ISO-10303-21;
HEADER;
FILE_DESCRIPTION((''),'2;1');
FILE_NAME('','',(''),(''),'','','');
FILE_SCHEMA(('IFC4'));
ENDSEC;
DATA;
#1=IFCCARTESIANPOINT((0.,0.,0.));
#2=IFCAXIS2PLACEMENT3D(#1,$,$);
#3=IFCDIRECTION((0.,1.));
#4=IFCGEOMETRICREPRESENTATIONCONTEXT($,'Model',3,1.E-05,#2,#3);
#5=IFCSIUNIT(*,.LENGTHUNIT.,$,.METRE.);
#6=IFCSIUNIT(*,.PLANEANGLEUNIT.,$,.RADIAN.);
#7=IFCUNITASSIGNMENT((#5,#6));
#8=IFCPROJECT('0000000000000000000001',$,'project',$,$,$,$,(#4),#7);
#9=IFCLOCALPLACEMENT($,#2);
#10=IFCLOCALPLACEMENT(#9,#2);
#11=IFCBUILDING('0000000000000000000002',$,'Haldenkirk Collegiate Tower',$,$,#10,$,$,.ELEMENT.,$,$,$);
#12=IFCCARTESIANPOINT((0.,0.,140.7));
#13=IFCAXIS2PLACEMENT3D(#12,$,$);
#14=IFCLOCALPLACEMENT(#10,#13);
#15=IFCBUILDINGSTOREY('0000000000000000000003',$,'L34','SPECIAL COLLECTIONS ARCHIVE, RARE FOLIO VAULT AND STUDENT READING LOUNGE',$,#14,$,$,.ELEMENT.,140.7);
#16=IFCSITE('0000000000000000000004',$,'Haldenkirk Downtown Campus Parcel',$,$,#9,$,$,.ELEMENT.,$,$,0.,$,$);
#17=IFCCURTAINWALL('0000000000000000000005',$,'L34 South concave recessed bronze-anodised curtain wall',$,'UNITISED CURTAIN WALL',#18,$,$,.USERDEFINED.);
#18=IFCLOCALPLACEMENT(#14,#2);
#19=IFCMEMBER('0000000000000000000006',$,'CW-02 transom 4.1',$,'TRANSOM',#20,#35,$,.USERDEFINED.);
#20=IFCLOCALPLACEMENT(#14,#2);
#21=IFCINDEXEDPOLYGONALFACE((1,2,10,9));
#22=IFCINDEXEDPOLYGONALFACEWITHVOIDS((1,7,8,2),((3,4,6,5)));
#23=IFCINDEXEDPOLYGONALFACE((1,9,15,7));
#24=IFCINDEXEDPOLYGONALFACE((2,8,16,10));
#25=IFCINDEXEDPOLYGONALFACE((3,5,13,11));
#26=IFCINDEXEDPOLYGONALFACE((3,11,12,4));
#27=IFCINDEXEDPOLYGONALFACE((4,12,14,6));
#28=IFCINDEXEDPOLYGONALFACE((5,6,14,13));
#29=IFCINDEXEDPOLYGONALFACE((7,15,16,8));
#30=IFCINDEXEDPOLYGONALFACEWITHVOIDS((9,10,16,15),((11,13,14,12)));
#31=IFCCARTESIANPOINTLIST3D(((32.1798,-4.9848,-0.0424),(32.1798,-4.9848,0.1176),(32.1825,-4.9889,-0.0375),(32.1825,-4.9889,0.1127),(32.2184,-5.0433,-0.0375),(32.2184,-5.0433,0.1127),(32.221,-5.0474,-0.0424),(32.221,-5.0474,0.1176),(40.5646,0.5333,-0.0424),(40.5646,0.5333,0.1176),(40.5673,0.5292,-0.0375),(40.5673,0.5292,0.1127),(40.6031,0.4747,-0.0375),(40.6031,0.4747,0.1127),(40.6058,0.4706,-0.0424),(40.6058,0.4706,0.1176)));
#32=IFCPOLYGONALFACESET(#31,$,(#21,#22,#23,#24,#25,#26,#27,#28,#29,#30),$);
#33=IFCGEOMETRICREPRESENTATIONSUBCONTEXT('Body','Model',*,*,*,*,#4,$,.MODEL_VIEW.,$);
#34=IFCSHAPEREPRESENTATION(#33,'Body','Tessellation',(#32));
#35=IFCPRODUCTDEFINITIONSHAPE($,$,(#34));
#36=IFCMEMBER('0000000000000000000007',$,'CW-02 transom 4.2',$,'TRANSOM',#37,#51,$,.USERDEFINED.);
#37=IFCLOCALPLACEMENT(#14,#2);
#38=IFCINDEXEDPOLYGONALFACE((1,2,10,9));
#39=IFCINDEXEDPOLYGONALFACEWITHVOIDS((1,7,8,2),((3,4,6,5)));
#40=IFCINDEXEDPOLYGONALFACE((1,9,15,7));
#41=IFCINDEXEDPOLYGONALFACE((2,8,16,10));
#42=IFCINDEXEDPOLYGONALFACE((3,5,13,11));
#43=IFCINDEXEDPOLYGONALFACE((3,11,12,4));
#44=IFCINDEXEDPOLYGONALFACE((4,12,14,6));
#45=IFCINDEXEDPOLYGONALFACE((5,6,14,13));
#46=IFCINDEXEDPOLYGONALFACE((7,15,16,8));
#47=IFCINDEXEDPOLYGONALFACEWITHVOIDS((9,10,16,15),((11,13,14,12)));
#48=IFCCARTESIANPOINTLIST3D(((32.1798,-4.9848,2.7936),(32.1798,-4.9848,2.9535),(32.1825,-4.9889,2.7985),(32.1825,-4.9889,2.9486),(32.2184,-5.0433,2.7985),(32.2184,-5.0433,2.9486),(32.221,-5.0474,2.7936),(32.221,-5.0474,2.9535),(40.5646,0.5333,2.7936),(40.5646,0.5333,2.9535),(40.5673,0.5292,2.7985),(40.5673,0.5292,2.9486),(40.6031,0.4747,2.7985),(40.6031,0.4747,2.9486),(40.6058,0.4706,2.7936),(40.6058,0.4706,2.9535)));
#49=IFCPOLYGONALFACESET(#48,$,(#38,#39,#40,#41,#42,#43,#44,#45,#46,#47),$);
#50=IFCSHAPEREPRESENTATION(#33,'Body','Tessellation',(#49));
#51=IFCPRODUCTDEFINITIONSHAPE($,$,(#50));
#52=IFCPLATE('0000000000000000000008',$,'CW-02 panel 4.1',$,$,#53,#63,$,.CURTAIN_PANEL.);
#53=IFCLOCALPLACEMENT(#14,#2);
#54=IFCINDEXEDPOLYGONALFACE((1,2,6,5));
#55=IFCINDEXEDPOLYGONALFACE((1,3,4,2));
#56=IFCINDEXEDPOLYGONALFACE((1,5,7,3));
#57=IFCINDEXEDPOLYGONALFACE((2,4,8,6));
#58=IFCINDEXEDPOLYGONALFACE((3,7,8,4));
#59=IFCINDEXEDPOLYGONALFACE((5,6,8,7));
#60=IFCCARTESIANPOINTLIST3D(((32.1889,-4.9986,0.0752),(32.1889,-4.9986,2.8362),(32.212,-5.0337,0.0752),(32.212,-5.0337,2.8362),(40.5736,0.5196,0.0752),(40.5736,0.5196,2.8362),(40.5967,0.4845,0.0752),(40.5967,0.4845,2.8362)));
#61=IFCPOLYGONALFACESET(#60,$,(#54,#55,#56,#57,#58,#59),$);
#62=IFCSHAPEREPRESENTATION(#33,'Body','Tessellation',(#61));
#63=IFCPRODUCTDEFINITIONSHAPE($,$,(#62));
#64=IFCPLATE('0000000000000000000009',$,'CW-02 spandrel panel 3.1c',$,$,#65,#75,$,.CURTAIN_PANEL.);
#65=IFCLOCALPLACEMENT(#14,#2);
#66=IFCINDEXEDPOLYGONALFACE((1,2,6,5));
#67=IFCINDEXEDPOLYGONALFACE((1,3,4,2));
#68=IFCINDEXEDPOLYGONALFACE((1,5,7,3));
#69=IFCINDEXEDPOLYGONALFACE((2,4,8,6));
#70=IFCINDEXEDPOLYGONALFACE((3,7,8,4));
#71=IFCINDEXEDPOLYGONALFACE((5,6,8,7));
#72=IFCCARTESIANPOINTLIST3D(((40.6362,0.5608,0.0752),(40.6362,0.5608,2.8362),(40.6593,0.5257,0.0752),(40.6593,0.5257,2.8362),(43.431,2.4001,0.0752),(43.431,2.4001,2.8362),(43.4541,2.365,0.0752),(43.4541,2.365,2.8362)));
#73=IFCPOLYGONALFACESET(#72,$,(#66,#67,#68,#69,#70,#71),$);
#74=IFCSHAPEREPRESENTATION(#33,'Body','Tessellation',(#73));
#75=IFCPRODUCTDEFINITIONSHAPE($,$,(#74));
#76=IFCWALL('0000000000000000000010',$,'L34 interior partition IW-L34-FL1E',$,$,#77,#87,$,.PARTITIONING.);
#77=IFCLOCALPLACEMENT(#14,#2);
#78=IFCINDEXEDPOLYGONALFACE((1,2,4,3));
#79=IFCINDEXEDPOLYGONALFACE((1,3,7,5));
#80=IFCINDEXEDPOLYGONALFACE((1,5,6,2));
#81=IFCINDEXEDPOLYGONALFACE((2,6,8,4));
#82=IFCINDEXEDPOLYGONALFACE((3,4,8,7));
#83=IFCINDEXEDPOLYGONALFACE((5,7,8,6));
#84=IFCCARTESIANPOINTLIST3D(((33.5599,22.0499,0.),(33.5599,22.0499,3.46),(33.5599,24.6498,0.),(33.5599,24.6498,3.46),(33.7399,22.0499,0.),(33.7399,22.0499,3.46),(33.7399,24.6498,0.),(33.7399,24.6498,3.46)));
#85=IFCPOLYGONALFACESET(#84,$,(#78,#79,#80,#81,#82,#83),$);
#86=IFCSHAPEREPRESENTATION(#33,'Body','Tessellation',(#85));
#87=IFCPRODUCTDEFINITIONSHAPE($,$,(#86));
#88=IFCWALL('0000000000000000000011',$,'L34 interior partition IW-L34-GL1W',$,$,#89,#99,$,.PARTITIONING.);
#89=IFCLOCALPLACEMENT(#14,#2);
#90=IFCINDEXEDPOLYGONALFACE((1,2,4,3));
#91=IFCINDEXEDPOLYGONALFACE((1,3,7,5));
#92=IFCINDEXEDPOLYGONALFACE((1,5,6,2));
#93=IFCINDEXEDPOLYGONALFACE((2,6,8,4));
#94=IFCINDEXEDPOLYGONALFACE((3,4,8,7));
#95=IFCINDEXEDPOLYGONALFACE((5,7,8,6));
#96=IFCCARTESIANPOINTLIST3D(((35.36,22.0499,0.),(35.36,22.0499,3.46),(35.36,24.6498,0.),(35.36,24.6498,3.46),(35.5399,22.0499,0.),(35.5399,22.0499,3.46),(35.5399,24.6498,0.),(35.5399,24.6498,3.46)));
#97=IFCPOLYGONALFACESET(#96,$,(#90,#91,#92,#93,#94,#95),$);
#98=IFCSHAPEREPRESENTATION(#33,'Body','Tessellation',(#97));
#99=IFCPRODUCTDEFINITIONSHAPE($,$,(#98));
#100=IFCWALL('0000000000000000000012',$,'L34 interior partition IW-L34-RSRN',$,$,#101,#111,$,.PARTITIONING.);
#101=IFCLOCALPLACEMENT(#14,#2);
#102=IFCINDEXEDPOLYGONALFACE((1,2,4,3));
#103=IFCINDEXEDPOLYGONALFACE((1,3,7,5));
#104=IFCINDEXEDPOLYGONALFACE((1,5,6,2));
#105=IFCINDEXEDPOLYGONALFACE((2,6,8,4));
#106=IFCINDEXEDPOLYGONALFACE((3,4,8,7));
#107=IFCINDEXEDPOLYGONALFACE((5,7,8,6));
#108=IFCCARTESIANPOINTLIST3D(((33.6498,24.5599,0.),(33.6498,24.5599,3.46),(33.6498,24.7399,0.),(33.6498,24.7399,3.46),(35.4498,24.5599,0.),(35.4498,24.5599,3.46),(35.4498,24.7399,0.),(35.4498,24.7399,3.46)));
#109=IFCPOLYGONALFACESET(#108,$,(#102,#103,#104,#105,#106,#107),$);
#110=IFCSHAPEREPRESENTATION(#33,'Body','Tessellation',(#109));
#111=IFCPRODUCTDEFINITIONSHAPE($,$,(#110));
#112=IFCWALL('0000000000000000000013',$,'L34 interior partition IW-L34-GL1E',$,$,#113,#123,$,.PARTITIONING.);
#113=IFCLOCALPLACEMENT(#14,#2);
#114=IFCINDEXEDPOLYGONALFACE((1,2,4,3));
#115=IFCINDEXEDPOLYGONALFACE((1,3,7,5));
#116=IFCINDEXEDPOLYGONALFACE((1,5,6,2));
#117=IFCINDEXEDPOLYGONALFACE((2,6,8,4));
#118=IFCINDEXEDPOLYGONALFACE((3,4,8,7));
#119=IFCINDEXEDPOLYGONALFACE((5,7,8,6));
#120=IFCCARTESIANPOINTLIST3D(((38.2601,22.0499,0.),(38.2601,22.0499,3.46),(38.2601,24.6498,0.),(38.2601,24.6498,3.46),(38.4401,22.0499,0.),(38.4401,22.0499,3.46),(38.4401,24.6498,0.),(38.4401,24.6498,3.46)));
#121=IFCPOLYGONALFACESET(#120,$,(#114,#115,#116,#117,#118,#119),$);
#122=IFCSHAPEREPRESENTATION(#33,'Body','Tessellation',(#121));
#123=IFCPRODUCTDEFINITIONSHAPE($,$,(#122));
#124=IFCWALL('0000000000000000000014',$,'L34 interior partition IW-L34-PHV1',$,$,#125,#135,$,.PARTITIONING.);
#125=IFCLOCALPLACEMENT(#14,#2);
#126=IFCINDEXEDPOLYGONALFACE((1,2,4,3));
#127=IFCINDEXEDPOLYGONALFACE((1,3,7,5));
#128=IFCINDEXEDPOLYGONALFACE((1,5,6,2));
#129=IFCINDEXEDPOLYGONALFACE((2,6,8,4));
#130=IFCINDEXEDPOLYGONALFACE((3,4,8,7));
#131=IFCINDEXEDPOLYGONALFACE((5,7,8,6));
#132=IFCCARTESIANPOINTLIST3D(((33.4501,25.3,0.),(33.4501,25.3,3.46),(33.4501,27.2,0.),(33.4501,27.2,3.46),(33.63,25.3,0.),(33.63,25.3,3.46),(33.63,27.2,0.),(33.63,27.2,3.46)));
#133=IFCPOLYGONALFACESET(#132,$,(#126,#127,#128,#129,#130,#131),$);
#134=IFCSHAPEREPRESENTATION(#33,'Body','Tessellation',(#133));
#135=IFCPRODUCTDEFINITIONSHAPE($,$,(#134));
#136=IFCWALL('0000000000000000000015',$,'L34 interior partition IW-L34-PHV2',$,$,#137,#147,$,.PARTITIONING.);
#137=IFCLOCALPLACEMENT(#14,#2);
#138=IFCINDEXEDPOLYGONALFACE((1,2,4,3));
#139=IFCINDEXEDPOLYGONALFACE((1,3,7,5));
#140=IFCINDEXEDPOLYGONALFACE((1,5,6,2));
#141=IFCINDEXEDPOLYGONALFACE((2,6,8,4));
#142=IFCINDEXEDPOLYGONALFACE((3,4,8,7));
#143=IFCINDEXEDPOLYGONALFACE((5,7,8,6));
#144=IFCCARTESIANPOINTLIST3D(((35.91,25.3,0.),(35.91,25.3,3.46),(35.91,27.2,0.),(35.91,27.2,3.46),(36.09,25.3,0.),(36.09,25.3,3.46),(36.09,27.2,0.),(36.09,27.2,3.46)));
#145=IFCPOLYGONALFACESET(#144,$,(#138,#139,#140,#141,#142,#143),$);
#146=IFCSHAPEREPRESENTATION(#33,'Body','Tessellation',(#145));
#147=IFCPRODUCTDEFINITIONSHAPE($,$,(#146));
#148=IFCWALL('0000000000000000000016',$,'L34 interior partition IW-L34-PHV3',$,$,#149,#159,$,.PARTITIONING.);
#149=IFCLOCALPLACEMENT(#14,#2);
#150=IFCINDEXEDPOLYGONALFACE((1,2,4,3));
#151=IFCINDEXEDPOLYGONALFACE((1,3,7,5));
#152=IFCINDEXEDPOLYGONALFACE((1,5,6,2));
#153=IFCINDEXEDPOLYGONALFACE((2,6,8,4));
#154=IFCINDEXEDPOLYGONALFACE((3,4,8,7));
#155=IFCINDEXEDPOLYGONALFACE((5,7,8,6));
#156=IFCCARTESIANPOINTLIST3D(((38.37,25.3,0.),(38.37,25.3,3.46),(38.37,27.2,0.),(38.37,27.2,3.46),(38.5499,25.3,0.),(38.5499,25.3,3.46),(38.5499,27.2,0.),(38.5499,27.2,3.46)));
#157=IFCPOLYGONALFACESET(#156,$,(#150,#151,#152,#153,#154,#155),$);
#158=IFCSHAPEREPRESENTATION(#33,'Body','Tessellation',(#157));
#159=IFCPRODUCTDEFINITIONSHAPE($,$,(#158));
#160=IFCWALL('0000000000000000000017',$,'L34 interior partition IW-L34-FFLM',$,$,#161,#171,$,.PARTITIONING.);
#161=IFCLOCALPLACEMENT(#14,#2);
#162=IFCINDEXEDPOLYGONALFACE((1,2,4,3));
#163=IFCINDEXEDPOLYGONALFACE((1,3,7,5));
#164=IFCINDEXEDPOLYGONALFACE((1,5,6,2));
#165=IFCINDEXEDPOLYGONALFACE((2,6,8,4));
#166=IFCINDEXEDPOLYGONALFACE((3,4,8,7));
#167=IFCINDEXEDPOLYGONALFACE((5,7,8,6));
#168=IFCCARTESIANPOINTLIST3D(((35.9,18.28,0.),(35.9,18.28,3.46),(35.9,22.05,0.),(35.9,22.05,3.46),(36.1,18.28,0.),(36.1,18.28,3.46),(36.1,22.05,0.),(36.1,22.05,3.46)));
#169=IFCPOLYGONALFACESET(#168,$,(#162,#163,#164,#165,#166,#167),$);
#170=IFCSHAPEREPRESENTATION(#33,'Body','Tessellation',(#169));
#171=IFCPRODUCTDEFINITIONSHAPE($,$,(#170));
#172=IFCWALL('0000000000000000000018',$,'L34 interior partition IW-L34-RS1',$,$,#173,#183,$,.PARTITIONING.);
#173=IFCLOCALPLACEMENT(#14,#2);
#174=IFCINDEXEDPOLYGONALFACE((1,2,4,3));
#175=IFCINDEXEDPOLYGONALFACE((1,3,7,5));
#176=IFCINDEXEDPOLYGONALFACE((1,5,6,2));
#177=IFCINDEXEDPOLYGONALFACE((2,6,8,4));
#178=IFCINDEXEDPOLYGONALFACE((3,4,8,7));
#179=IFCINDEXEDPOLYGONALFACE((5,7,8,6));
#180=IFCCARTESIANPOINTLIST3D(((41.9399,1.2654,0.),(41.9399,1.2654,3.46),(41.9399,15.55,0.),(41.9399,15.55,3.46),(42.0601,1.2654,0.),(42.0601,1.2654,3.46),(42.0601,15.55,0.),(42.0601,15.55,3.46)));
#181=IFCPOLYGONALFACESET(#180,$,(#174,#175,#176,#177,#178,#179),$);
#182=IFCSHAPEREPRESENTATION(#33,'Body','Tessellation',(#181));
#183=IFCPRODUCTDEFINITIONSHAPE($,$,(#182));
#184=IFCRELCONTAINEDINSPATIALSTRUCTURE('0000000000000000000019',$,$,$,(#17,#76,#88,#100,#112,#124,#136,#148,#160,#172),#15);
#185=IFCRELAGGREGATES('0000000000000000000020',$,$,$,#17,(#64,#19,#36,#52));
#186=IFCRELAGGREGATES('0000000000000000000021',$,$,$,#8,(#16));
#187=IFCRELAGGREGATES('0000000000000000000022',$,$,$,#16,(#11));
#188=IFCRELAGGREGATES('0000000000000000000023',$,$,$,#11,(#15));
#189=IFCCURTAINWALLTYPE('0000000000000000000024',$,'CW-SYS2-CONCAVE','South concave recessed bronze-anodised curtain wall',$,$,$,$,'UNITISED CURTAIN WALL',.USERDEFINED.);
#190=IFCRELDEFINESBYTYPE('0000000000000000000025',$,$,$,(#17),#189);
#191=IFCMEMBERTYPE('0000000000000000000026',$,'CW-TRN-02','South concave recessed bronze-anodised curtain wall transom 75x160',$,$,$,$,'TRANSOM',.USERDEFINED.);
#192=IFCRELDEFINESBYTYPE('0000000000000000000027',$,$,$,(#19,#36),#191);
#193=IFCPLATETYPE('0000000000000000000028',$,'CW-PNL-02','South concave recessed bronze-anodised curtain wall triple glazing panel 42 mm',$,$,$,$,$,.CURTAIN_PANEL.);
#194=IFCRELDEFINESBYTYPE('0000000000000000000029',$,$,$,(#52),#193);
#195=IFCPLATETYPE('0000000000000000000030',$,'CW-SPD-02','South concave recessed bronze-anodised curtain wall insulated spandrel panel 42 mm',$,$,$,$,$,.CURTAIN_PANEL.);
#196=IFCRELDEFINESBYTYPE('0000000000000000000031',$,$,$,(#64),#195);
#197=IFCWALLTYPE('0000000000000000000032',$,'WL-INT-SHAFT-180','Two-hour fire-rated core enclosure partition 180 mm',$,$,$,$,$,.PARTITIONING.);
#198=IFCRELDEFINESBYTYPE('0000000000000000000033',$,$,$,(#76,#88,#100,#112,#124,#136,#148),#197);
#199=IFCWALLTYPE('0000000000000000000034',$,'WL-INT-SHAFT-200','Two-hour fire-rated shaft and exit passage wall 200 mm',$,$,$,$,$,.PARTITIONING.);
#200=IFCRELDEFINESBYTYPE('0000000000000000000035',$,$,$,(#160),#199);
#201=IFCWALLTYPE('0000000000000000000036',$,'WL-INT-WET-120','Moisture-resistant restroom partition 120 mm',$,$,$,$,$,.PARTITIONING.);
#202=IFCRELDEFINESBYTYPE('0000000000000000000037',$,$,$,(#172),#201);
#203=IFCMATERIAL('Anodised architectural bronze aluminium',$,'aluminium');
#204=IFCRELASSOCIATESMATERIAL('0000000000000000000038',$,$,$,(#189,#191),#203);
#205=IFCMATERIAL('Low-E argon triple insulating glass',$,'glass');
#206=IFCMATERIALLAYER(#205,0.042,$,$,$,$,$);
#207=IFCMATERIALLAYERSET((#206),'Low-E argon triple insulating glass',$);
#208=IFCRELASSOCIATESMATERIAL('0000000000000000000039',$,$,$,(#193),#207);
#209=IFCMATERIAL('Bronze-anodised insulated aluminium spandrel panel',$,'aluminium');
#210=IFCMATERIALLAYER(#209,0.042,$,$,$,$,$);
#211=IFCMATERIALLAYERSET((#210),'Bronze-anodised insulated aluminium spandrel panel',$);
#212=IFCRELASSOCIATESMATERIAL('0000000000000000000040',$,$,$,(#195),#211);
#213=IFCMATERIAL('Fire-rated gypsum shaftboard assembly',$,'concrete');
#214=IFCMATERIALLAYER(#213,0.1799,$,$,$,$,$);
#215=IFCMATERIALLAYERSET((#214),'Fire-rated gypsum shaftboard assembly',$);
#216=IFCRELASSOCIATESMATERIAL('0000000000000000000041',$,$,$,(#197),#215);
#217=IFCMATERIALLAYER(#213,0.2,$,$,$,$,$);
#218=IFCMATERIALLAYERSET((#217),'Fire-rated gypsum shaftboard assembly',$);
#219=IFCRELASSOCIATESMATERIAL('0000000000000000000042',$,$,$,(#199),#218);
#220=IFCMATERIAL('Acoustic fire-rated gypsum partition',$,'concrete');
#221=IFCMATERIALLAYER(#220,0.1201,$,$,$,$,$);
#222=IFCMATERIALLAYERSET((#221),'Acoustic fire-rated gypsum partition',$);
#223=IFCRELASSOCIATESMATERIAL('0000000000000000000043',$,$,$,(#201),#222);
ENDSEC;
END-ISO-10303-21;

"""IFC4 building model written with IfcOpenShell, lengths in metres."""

from ifc_helpers import new_model, si_unit, direction, frame, frame_2d, origin, origin_2d, place, context, subcontext, project, spatial, rectangle, hollow_rectangle, extrude, source, transform, mapped, material, layer, layer_set, material_profile, profile_set, type_object, element, aggregate, save


model = new_model("IFC4")

# Units and contexts
model_context = context("Model", 3, precision=1e-05, world=origin(), true_north=direction((0.0, 1.0)))
body_context = subcontext(model_context, "Body", "Model", "MODEL_VIEW")
ifc_project = project(units=[si_unit("LENGTHUNIT", "METRE"), si_unit("PLANEANGLEUNIT", "RADIAN")], contexts=[model_context])

# Site, building, storey
site_placement = place(None, origin())
site = spatial("IfcSite", under=ifc_project, at=site_placement, Name="Haldenkirk Downtown Campus Parcel", CompositionType="ELEMENT", RefElevation=0.0)
building_placement = place(site_placement, origin())
building = spatial("IfcBuilding", under=site, at=building_placement, Name="Haldenkirk Collegiate Tower", CompositionType="ELEMENT")
storey_placement = place(building_placement, frame((0.0, 0.0, 140.7)))
storey = spatial("IfcBuildingStorey", under=building, at=storey_placement, Name="L34", Description="SPECIAL COLLECTIONS ARCHIVE, RARE FOLIO VAULT AND STUDENT READING LOUNGE", CompositionType="ELEMENT", Elevation=140.7)

# Curtain wall, members, plates
ifc_material_1 = material(Name="Anodised architectural bronze aluminium", Category="aluminium")
curtain_wall_type = type_object("IfcCurtainWallType", Name="CW-SYS2-CONCAVE", Description="South concave recessed bronze-anodised curtain wall", ElementType="UNITISED CURTAIN WALL", PredefinedType="USERDEFINED", material=ifc_material_1)
curtain_wall_placement = place(storey_placement, origin())
curtain_wall = element("IfcCurtainWall", 1, at=curtain_wall_placement, inside=storey, type_object=curtain_wall_type, Name="L34 South concave recessed bronze-anodised curtain wall", ObjectType="UNITISED CURTAIN WALL", PredefinedType="USERDEFINED")
ifc_material_profile_1 = material_profile(ifc_material_1, hollow_rectangle(XDim=0.075, YDim=0.1599, WallThickness=0.0049, at=origin_2d()), Name="CW-TRN-02")
ifc_profile_set_1 = profile_set([ifc_material_profile_1], Name="Anodised architectural bronze aluminium")
member_type_1 = type_object("IfcMemberType", Name="CW-TRN-02", Description="South concave recessed bronze-anodised curtain wall transom 75x160", ElementType="TRANSOM", PredefinedType="USERDEFINED", material=ifc_profile_set_1)
member_1_placement = place(storey_placement, frame((40.5852, 0.502, 0.0376), z_axis=(-0.835336, -0.54974, 0.0), x_axis=(0.54974, -0.835336, 0.0)))
member_1 = element("IfcMember", 2, at=member_1_placement, type_object=member_type_1, Name="CW-02 transom 4.1", ObjectType="TRANSOM", PredefinedType="USERDEFINED", context=body_context, shape_type="SweptSolid", body=[
    extrude(hollow_rectangle(XDim=0.075, YDim=0.1599, WallThickness=0.0049, at=origin_2d()), origin(), (0.0, 0.0, 1.0), 10.0376),
])
member_2_placement = place(storey_placement, frame((40.5852, 0.502, 2.8735), z_axis=(-0.835336, -0.54974, 0.0), x_axis=(0.54974, -0.835336, 0.0)))
member_2 = element("IfcMember", 3, at=member_2_placement, type_object=member_type_1, Name="CW-02 transom 4.2", ObjectType="TRANSOM", PredefinedType="USERDEFINED", context=body_context, shape_type="SweptSolid", body=[
    extrude(hollow_rectangle(XDim=0.075, YDim=0.1599, WallThickness=0.0049, at=origin_2d()), origin(), (0.0, 0.0, 1.0), 10.0376),
])
ifc_material_2 = material(Name="Low-E argon triple insulating glass", Category="glass")
ifc_layer_1 = layer(ifc_material_2, 0.042)
ifc_layer_set_1 = layer_set([ifc_layer_1], Name="Low-E argon triple insulating glass")
plate_type_1 = type_object("IfcPlateType", Name="CW-PNL-02", Description="South concave recessed bronze-anodised curtain wall triple glazing panel 42 mm", PredefinedType="CURTAIN_PANEL", material=ifc_layer_set_1)
shared_shape_1 = source(origin(), body_context, "Body", "SweptSolid", [
    extrude(rectangle(XDim=10.0376, YDim=0.042, at=origin_2d()), origin(), (0.0, 0.0, 1.0), 2.761),
])
plate_1_placement = place(storey_placement, frame((36.3928, -2.2571, 0.0752), z_axis=(0.0, 0.0, 1.0), x_axis=(-0.835328, -0.549752, 0.0)))
plate_1 = element("IfcPlate", 4, at=plate_1_placement, type_object=plate_type_1, Name="CW-02 panel 4.1", PredefinedType="CURTAIN_PANEL", context=body_context, shape_type="MappedRepresentation", body=[
    mapped(shared_shape_1, transform((0.0, 0.0, 0.0), x_axis=(1.0, 0.0, 0.0), y_axis=(0.0, 1.0, 0.0), z_axis=(0.0, 0.0, 1.0), scale=1.0)),
])
ifc_material_3 = material(Name="Bronze-anodised insulated aluminium spandrel panel", Category="aluminium")
ifc_layer_2 = layer(ifc_material_3, 0.042)
ifc_layer_set_2 = layer_set([ifc_layer_2], Name="Bronze-anodised insulated aluminium spandrel panel")
plate_type_2 = type_object("IfcPlateType", Name="CW-SPD-02", Description="South concave recessed bronze-anodised curtain wall insulated spandrel panel 42 mm", PredefinedType="CURTAIN_PANEL", material=ifc_layer_set_2)
shared_shape_2 = source(origin(), body_context, "Body", "SweptSolid", [
    extrude(rectangle(XDim=3.3457, YDim=0.042, at=origin_2d()), origin(), (0.0, 0.0, 1.0), 2.761),
])
plate_2_placement = place(storey_placement, frame((42.0452, 1.4629, 0.0752), z_axis=(0.0, 0.0, 1.0), x_axis=(-0.835328, -0.549752, 0.0)))
plate_2 = element("IfcPlate", 5, at=plate_2_placement, type_object=plate_type_2, Name="CW-02 spandrel panel 3.1c", PredefinedType="CURTAIN_PANEL", context=body_context, shape_type="MappedRepresentation", body=[
    mapped(shared_shape_2, transform((0.0, 0.0, 0.0), x_axis=(1.0, 0.0, 0.0), y_axis=(0.0, 1.0, 0.0), z_axis=(0.0, 0.0, 1.0), scale=1.0)),
])
aggregate(curtain_wall, [plate_2, member_1, member_2, plate_1])

# Walls
ifc_material_4 = material(Name="Fire-rated gypsum shaftboard assembly", Category="concrete")
ifc_layer_3 = layer(ifc_material_4, 0.1799)
ifc_layer_set_3 = layer_set([ifc_layer_3], Name="Fire-rated gypsum shaftboard assembly")
wall_type_1 = type_object("IfcWallType", Name="WL-INT-SHAFT-180", Description="Two-hour fire-rated core enclosure partition 180 mm", PredefinedType="PARTITIONING", material=ifc_layer_set_3)
for number, where, z_axis, x_axis, name in (
    (6, (33.6499, 22.05, 0.0), (0.0, 0.0, 1.0), (0.0, 1.0, 0.0), "L34 interior partition IW-L34-FL1E"),
    (7, (35.45, 22.05, 0.0), (0.0, 0.0, 1.0), (0.0, 1.0, 0.0), "L34 interior partition IW-L34-GL1W"),
):
    element("IfcWall", number, at=place(storey_placement, frame(where, z_axis=z_axis, x_axis=x_axis)), inside=storey, type_object=wall_type_1, Name=name, PredefinedType="PARTITIONING", context=body_context, shape_type="SweptSolid", body=[
        extrude(rectangle(XDim=2.5999, YDim=0.1799, at=frame_2d((1.2998, 0.0))), origin(), (0.0, 0.0, 1.0), 3.46),
    ])
wall_1_placement = place(storey_placement, frame((33.6499, 24.6499, 0.0), z_axis=(0.0, 0.0, 1.0), x_axis=(1.0, 0.0, 0.0)))
element("IfcWall", 8, at=wall_1_placement, inside=storey, type_object=wall_type_1, Name="L34 interior partition IW-L34-RSRN", PredefinedType="PARTITIONING", context=body_context, shape_type="SweptSolid", body=[
    extrude(rectangle(XDim=1.8, YDim=0.1799, at=frame_2d((0.8999, 0.0))), origin(), (0.0, 0.0, 1.0), 3.46),
])
wall_2_placement = place(storey_placement, frame((38.3501, 22.05, 0.0), z_axis=(0.0, 0.0, 1.0), x_axis=(0.0, 1.0, 0.0)))
element("IfcWall", 9, at=wall_2_placement, inside=storey, type_object=wall_type_1, Name="L34 interior partition IW-L34-GL1E", PredefinedType="PARTITIONING", context=body_context, shape_type="SweptSolid", body=[
    extrude(rectangle(XDim=2.5999, YDim=0.1799, at=frame_2d((1.2998, 0.0))), origin(), (0.0, 0.0, 1.0), 3.46),
])
for number, where, z_axis, x_axis, name in (
    (10, (33.54, 25.3, 0.0), (0.0, 0.0, 1.0), (0.0, 1.0, 0.0), "L34 interior partition IW-L34-PHV1"),
    (11, (36.0, 25.3, 0.0), (0.0, 0.0, 1.0), (0.0, 1.0, 0.0), "L34 interior partition IW-L34-PHV2"),
    (12, (38.46, 25.3, 0.0), (0.0, 0.0, 1.0), (0.0, 1.0, 0.0), "L34 interior partition IW-L34-PHV3"),
):
    element("IfcWall", number, at=place(storey_placement, frame(where, z_axis=z_axis, x_axis=x_axis)), inside=storey, type_object=wall_type_1, Name=name, PredefinedType="PARTITIONING", context=body_context, shape_type="SweptSolid", body=[
        extrude(rectangle(XDim=1.8999, YDim=0.1799, at=frame_2d((0.95, 0.0))), origin(), (0.0, 0.0, 1.0), 3.46),
    ])
ifc_layer_4 = layer(ifc_material_4, 0.2)
ifc_layer_set_4 = layer_set([ifc_layer_4], Name="Fire-rated gypsum shaftboard assembly")
wall_type_2 = type_object("IfcWallType", Name="WL-INT-SHAFT-200", Description="Two-hour fire-rated shaft and exit passage wall 200 mm", PredefinedType="PARTITIONING", material=ifc_layer_set_4)
wall_3_placement = place(storey_placement, frame((36.0, 18.28, 0.0), z_axis=(0.0, 0.0, 1.0), x_axis=(0.0, 1.0, 0.0)))
element("IfcWall", 13, at=wall_3_placement, inside=storey, type_object=wall_type_2, Name="L34 interior partition IW-L34-FFLM", PredefinedType="PARTITIONING", context=body_context, shape_type="SweptSolid", body=[
    extrude(rectangle(XDim=3.77, YDim=0.2, at=frame_2d((1.885, 0.0))), origin(), (0.0, 0.0, 1.0), 3.46),
])

# Wall
ifc_material_5 = material(Name="Acoustic fire-rated gypsum partition", Category="concrete")
ifc_layer_5 = layer(ifc_material_5, 0.1201)
ifc_layer_set_5 = layer_set([ifc_layer_5], Name="Acoustic fire-rated gypsum partition")
wall_type_3 = type_object("IfcWallType", Name="WL-INT-WET-120", Description="Moisture-resistant restroom partition 120 mm", PredefinedType="PARTITIONING", material=ifc_layer_set_5)
wall_4_placement = place(storey_placement, frame((42.0, 1.2654, 0.0), z_axis=(0.0, 0.0, 1.0), x_axis=(0.0, 1.0, 0.0)))
element("IfcWall", 14, at=wall_4_placement, inside=storey, type_object=wall_type_3, Name="L34 interior partition IW-L34-RS1", PredefinedType="PARTITIONING", context=body_context, shape_type="SweptSolid", body=[
    extrude(rectangle(XDim=14.2847, YDim=0.1201, at=frame_2d((7.1423, 0.0))), origin(), (0.0, 0.0, 1.0), 3.46),
])

save(model, "model.ifc")
